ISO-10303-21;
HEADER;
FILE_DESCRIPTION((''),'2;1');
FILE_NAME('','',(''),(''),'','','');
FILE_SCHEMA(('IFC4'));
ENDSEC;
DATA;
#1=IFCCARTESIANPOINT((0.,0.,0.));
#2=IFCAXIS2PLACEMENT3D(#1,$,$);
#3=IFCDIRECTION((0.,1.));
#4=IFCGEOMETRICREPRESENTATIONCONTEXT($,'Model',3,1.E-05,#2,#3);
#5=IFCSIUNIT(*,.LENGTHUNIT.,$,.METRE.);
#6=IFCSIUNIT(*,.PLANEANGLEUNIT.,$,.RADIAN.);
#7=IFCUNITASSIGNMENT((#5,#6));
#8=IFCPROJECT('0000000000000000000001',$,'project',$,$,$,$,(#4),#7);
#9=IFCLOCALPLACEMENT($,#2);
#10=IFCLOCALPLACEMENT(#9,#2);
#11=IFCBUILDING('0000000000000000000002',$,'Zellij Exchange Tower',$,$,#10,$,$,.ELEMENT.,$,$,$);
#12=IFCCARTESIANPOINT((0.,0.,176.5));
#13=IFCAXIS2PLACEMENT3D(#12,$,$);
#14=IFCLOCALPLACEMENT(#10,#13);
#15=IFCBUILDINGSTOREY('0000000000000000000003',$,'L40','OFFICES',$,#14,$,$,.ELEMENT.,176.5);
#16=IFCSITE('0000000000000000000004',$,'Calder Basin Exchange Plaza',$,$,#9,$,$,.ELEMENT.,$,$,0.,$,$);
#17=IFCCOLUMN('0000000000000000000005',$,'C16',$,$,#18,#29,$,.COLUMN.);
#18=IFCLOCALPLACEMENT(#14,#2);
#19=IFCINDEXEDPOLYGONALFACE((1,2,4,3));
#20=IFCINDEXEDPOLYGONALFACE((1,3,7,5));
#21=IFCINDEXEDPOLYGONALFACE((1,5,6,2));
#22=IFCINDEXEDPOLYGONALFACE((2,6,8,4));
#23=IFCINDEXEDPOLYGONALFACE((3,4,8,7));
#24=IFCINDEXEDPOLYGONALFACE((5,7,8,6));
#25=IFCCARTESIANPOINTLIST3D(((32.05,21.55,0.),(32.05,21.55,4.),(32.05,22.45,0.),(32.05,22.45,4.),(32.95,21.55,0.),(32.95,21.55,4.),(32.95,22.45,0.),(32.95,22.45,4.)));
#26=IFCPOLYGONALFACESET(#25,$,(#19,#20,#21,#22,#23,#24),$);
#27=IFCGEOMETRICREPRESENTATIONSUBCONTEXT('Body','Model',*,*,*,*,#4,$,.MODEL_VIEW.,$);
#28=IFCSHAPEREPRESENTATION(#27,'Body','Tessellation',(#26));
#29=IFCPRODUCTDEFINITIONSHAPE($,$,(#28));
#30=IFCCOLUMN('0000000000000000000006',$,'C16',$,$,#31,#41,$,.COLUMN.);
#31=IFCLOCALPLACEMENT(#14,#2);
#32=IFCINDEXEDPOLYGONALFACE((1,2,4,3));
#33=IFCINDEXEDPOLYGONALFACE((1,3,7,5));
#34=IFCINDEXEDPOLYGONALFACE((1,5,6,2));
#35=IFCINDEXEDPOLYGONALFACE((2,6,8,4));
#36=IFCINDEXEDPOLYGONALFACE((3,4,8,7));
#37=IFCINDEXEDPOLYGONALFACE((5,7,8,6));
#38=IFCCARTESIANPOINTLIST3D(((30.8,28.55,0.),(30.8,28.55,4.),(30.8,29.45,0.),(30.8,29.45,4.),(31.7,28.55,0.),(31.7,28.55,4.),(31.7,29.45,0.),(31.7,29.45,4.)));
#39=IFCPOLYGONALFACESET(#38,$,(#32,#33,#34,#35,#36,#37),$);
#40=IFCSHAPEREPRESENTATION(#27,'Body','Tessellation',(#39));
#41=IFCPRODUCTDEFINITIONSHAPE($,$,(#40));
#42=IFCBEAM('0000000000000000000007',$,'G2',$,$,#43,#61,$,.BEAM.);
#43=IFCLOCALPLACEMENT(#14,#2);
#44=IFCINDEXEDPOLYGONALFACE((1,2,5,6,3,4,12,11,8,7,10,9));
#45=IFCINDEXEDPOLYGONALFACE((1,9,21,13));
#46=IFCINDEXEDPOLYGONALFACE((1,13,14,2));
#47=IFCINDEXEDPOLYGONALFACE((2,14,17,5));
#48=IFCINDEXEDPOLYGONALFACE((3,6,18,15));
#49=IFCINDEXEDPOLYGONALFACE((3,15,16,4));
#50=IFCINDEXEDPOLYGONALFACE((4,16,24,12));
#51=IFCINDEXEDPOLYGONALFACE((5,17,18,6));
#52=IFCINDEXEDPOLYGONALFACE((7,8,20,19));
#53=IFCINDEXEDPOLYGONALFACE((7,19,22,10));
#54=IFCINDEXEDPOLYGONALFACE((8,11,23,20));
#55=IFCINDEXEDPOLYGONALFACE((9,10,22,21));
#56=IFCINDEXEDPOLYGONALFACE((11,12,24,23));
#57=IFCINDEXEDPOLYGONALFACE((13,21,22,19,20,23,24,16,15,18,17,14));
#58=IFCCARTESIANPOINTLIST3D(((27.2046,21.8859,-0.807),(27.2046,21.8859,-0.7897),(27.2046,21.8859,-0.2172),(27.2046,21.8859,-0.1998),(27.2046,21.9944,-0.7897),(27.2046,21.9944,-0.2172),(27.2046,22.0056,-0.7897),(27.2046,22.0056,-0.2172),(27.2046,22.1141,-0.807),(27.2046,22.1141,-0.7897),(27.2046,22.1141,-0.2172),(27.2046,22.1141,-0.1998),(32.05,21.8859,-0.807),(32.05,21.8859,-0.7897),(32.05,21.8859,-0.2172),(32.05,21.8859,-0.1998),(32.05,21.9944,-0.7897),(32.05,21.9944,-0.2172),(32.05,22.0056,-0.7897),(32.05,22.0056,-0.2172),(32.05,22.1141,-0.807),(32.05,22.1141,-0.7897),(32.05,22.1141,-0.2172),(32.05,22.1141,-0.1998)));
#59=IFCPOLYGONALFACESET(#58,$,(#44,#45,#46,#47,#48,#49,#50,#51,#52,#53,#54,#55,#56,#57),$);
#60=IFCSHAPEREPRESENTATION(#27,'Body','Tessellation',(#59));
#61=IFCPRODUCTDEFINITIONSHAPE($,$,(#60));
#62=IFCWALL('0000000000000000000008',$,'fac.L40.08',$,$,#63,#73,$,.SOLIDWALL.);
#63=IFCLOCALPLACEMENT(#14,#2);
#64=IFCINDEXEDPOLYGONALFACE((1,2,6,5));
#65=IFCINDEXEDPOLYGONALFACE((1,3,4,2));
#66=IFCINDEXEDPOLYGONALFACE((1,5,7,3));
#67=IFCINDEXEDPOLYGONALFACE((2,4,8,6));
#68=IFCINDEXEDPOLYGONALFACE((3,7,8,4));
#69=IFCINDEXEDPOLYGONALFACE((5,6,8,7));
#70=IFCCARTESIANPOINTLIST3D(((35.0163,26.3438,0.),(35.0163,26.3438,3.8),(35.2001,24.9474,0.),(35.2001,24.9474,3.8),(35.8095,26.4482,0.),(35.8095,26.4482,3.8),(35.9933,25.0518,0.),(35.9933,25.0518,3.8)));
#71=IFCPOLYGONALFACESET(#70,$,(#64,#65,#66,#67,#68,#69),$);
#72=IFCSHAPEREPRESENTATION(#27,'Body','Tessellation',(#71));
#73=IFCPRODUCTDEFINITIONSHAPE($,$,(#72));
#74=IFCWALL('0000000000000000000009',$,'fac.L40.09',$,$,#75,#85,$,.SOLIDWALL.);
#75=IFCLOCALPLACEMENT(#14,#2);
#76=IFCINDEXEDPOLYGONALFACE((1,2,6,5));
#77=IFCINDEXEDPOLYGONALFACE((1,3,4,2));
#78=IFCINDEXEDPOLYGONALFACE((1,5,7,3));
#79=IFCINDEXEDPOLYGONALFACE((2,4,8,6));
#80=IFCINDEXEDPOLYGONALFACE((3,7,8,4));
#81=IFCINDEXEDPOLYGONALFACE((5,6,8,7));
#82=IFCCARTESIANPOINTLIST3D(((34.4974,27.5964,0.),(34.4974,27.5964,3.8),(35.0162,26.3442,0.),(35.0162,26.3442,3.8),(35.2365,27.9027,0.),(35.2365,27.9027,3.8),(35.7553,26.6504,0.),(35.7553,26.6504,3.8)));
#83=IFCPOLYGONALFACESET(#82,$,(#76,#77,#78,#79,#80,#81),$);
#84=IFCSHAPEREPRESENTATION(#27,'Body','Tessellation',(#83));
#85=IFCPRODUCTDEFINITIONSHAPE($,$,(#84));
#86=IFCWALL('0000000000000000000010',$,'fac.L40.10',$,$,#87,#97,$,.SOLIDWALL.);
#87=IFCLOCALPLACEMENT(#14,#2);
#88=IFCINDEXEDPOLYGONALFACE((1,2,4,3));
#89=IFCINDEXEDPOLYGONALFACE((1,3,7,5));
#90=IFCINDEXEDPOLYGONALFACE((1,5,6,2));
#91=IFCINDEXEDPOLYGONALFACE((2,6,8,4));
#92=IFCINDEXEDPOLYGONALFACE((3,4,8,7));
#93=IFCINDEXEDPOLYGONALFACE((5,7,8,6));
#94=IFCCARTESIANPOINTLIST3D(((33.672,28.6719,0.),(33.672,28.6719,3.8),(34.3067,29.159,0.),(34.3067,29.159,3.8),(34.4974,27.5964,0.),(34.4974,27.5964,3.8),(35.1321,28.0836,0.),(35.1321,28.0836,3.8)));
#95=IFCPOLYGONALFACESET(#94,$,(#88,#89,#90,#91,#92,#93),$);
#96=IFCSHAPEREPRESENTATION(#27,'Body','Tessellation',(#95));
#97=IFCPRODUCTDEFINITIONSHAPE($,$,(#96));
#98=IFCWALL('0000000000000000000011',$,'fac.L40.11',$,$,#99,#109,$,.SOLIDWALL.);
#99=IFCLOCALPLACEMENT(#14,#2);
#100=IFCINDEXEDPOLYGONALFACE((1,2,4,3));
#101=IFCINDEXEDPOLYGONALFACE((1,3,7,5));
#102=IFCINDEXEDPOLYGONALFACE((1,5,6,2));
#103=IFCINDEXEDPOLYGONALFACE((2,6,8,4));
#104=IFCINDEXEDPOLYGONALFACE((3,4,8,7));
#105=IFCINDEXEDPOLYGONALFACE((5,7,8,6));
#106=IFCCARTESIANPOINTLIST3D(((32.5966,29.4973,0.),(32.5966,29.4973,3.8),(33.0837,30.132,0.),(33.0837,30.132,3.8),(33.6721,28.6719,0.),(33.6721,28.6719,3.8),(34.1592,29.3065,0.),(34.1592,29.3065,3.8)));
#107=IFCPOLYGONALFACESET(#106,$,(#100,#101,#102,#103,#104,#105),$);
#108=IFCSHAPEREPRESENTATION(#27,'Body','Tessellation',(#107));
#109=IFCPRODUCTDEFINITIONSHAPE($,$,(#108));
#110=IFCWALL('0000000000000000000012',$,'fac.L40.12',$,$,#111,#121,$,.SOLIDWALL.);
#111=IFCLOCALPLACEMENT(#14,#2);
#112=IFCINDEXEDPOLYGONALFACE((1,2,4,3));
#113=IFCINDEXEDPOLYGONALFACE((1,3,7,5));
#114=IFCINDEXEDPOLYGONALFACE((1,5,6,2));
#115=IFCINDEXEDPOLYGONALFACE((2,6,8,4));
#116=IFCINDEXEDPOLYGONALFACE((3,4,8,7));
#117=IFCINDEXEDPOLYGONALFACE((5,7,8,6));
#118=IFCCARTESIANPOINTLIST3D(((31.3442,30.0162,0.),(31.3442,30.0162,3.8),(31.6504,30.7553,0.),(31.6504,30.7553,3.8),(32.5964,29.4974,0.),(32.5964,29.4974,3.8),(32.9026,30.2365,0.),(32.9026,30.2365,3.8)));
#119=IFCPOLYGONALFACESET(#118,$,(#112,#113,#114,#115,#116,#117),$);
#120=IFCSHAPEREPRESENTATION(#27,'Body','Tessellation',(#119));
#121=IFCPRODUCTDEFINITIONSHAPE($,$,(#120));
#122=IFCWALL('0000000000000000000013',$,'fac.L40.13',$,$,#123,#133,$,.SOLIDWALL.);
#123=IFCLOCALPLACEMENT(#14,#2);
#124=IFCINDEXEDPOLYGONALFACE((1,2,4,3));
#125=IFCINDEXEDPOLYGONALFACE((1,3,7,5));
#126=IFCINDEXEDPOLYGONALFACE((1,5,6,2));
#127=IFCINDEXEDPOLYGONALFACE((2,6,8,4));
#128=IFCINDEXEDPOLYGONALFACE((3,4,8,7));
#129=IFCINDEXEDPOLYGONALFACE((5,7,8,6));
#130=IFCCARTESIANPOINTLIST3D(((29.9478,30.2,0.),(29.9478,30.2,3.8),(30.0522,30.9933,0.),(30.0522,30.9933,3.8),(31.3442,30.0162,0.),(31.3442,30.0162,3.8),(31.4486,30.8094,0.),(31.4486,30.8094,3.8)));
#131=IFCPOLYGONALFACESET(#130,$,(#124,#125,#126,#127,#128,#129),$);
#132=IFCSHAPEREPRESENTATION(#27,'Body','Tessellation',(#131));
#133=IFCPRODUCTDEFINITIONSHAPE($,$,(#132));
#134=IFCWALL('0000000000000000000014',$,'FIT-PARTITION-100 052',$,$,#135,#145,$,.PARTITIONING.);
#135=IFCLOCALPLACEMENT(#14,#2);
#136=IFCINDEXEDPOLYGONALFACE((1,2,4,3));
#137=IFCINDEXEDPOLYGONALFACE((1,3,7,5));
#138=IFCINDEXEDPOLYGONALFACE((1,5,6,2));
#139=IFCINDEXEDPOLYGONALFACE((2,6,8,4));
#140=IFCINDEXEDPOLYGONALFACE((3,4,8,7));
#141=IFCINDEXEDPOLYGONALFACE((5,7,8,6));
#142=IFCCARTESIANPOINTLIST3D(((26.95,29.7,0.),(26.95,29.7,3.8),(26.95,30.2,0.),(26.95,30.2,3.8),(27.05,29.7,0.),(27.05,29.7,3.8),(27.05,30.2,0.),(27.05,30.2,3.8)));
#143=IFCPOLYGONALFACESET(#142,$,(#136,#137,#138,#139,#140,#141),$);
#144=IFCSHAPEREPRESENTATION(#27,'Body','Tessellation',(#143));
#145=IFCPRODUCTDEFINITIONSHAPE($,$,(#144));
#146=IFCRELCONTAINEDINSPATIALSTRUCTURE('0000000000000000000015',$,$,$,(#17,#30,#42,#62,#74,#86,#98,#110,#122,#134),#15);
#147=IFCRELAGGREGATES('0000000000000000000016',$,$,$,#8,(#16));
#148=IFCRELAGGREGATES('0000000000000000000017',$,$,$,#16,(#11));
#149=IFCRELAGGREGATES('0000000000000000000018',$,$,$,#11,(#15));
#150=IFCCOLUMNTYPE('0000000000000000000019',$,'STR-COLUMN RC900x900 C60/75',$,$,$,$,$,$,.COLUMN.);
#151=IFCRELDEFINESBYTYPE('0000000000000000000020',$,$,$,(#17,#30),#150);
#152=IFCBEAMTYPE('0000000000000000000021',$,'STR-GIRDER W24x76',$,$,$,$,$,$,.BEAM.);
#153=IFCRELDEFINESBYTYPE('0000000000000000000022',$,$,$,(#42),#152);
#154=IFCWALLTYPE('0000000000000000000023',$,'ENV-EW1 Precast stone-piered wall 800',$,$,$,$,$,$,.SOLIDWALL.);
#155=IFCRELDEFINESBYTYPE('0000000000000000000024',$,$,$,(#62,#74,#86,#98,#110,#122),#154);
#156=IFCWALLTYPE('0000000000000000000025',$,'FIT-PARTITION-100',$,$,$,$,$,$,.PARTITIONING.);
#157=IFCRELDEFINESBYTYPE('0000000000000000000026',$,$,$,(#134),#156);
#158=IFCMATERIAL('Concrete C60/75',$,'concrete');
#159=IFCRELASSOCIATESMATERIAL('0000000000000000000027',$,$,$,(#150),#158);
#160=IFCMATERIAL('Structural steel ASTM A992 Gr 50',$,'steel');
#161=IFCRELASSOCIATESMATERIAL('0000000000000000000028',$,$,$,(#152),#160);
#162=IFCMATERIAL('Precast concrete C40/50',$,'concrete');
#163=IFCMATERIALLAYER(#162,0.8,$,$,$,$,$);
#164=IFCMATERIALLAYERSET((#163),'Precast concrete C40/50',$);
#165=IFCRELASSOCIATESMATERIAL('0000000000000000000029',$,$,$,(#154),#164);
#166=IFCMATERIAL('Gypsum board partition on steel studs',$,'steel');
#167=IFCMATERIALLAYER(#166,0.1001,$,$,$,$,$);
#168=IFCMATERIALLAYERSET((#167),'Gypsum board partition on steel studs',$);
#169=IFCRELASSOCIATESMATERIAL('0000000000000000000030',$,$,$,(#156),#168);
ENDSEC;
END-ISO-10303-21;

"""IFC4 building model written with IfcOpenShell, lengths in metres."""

from ifc_helpers import new_model, si_unit, direction, frame, frame_2d, origin, origin_2d, place, context, subcontext, project, spatial, rectangle, i_section, extrude, material, layer, layer_set, material_profile, profile_set, type_object, element, save


model = new_model("IFC4")

# Units and contexts
model_context = context("Model", 3, precision=1e-05, world=origin(), true_north=direction((0.0, 1.0)))
body_context = subcontext(model_context, "Body", "Model", "MODEL_VIEW")
ifc_project = project(units=[si_unit("LENGTHUNIT", "METRE"), si_unit("PLANEANGLEUNIT", "RADIAN")], contexts=[model_context])

# Site, building, storey
site_placement = place(None, origin())
site = spatial("IfcSite", under=ifc_project, at=site_placement, Name="Calder Basin Exchange Plaza", CompositionType="ELEMENT", RefElevation=0.0)
building_placement = place(site_placement, origin())
building = spatial("IfcBuilding", under=site, at=building_placement, Name="Zellij Exchange Tower", CompositionType="ELEMENT")
storey_placement = place(building_placement, frame((0.0, 0.0, 176.5)))
storey = spatial("IfcBuildingStorey", under=building, at=storey_placement, Name="L40", Description="OFFICES", CompositionType="ELEMENT", Elevation=176.5)

# Columns
ifc_material_1 = material(Name="Concrete C60/75", Category="concrete")
ifc_material_profile_1 = material_profile(ifc_material_1, rectangle(XDim=0.8999, YDim=0.8999, at=origin_2d()), Name="STR-COLUMN RC900x900 C60/75")
ifc_profile_set_1 = profile_set([ifc_material_profile_1], Name="Concrete C60/75")
column_type = type_object("IfcColumnType", Name="STR-COLUMN RC900x900 C60/75", PredefinedType="COLUMN", material=ifc_profile_set_1)
for number, where, z_axis, x_axis, name in (
    (1, (32.5, 22.0, 0.0), (0.0, 0.0, 1.0), (1.0, 0.0, 0.0), "C16"),
    (2, (31.25, 29.0, 0.0), (0.0, 0.0, 1.0), (1.0, 0.0, 0.0), "C16"),
):
    element("IfcColumn", number, at=place(storey_placement, frame(where, z_axis=z_axis, x_axis=x_axis)), inside=storey, type_object=column_type, Name=name, PredefinedType="COLUMN", context=body_context, shape_type="SweptSolid", body=[
        extrude(rectangle(XDim=0.8999, YDim=0.8999, at=origin_2d()), origin(), (0.0, 0.0, 1.0), 4.0),
    ])

# Beam
ifc_material_2 = material(Name="Structural steel ASTM A992 Gr 50", Category="steel")
ifc_material_profile_2 = material_profile(ifc_material_2, i_section(OverallWidth=0.2283, OverallDepth=0.6072, WebThickness=0.0112, FlangeThickness=0.0173, at=origin_2d()), Name="W24x76")
ifc_profile_set_2 = profile_set([ifc_material_profile_2], Name="Structural steel ASTM A992 Gr 50")
beam_type = type_object("IfcBeamType", Name="STR-GIRDER W24x76", PredefinedType="BEAM", material=ifc_profile_set_2)
beam_placement = place(storey_placement, frame((27.2046, 22.0, -0.5034), z_axis=(1.0, 0.0, 0.0), x_axis=(0.0, 1.0, 0.0)))
element("IfcBeam", 3, at=beam_placement, inside=storey, type_object=beam_type, Name="G2", PredefinedType="BEAM", context=body_context, shape_type="SweptSolid", body=[
    extrude(i_section(OverallWidth=0.2283, OverallDepth=0.6072, WebThickness=0.0112, FlangeThickness=0.0173, at=origin_2d()), origin(), (0.0, 0.0, 1.0), 4.8455),
])

# Walls
ifc_material_3 = material(Name="Precast concrete C40/50", Category="concrete")
ifc_layer_1 = layer(ifc_material_3, 0.8)
ifc_layer_set_1 = layer_set([ifc_layer_1], Name="Precast concrete C40/50")
wall_type_1 = type_object("IfcWallType", Name="ENV-EW1 Precast stone-piered wall 800", PredefinedType="SOLIDWALL", material=ifc_layer_set_1)
wall_1_placement = place(storey_placement, frame((35.5967, 24.9998, 0.0), z_axis=(0.0, 0.0, 1.0), x_axis=(-0.130517, 0.991446, 0.0)))
element("IfcWall", 4, at=wall_1_placement, inside=storey, type_object=wall_type_1, Name="fac.L40.08", PredefinedType="SOLIDWALL", context=body_context, shape_type="SweptSolid", body=[
    extrude(rectangle(XDim=1.4084, YDim=0.8, at=frame_2d((0.7041, 0.0))), origin(), (0.0, 0.0, 1.0), 3.8),
])
wall_2_placement = place(storey_placement, frame((35.3857, 26.4973, 0.0), z_axis=(0.0, 0.0, 1.0), x_axis=(-0.38276, 0.923848, 0.0)))
element("IfcWall", 5, at=wall_2_placement, inside=storey, type_object=wall_type_1, Name="fac.L40.09", PredefinedType="SOLIDWALL", context=body_context, shape_type="SweptSolid", body=[
    extrude(rectangle(XDim=1.3555, YDim=0.8, at=frame_2d((0.6777, 0.0))), origin(), (0.0, 0.0, 1.0), 3.8),
])
for number, where, z_axis, x_axis, name in (
    (6, (34.8147, 27.8401, 0.0), (0.0, 0.0, 1.0), (-0.608866, 0.793273, 0.0), "fac.L40.10"),
    (7, (33.9155, 28.9893, 0.0), (0.0, 0.0, 1.0), (-0.793273, 0.608866, 0.0), "fac.L40.11"),
):
    element("IfcWall", number, at=place(storey_placement, frame(where, z_axis=z_axis, x_axis=x_axis)), inside=storey, type_object=wall_type_1, Name=name, PredefinedType="SOLIDWALL", context=body_context, shape_type="SweptSolid", body=[
        extrude(rectangle(XDim=1.3557, YDim=0.8, at=frame_2d((0.6777, 0.0))), origin(), (0.0, 0.0, 1.0), 3.8),
    ])
wall_3_placement = place(storey_placement, frame((32.7495, 29.8669, 0.0), z_axis=(0.0, 0.0, 1.0), x_axis=(-0.923848, 0.38276, 0.0)))
element("IfcWall", 8, at=wall_3_placement, inside=storey, type_object=wall_type_1, Name="fac.L40.12", PredefinedType="SOLIDWALL", context=body_context, shape_type="SweptSolid", body=[
    extrude(rectangle(XDim=1.3555, YDim=0.8, at=frame_2d((0.6777, 0.0))), origin(), (0.0, 0.0, 1.0), 3.8),
])
wall_4_placement = place(storey_placement, frame((31.3962, 30.4128, 0.0), z_axis=(0.0, 0.0, 1.0), x_axis=(-0.991446, 0.130517, 0.0)))
element("IfcWall", 9, at=wall_4_placement, inside=storey, type_object=wall_type_1, Name="fac.L40.13", PredefinedType="SOLIDWALL", context=body_context, shape_type="SweptSolid", body=[
    extrude(rectangle(XDim=1.4084, YDim=0.8, at=frame_2d((0.7041, 0.0))), origin(), (0.0, 0.0, 1.0), 3.8),
])

# Wall
ifc_material_4 = material(Name="Gypsum board partition on steel studs", Category="steel")
ifc_layer_2 = layer(ifc_material_4, 0.1001)
ifc_layer_set_2 = layer_set([ifc_layer_2], Name="Gypsum board partition on steel studs")
wall_type_2 = type_object("IfcWallType", Name="FIT-PARTITION-100", PredefinedType="PARTITIONING", material=ifc_layer_set_2)
wall_5_placement = place(storey_placement, frame((27.0, 29.7, 0.0), z_axis=(0.0, 0.0, 1.0), x_axis=(0.0, 1.0, 0.0)))
element("IfcWall", 10, at=wall_5_placement, inside=storey, type_object=wall_type_2, Name="FIT-PARTITION-100 052", PredefinedType="PARTITIONING", context=body_context, shape_type="SweptSolid", body=[
    extrude(rectangle(XDim=0.5, YDim=0.1001, at=frame_2d((0.25, 0.0))), origin(), (0.0, 0.0, 1.0), 3.8),
])

save(model, "model.ifc")
